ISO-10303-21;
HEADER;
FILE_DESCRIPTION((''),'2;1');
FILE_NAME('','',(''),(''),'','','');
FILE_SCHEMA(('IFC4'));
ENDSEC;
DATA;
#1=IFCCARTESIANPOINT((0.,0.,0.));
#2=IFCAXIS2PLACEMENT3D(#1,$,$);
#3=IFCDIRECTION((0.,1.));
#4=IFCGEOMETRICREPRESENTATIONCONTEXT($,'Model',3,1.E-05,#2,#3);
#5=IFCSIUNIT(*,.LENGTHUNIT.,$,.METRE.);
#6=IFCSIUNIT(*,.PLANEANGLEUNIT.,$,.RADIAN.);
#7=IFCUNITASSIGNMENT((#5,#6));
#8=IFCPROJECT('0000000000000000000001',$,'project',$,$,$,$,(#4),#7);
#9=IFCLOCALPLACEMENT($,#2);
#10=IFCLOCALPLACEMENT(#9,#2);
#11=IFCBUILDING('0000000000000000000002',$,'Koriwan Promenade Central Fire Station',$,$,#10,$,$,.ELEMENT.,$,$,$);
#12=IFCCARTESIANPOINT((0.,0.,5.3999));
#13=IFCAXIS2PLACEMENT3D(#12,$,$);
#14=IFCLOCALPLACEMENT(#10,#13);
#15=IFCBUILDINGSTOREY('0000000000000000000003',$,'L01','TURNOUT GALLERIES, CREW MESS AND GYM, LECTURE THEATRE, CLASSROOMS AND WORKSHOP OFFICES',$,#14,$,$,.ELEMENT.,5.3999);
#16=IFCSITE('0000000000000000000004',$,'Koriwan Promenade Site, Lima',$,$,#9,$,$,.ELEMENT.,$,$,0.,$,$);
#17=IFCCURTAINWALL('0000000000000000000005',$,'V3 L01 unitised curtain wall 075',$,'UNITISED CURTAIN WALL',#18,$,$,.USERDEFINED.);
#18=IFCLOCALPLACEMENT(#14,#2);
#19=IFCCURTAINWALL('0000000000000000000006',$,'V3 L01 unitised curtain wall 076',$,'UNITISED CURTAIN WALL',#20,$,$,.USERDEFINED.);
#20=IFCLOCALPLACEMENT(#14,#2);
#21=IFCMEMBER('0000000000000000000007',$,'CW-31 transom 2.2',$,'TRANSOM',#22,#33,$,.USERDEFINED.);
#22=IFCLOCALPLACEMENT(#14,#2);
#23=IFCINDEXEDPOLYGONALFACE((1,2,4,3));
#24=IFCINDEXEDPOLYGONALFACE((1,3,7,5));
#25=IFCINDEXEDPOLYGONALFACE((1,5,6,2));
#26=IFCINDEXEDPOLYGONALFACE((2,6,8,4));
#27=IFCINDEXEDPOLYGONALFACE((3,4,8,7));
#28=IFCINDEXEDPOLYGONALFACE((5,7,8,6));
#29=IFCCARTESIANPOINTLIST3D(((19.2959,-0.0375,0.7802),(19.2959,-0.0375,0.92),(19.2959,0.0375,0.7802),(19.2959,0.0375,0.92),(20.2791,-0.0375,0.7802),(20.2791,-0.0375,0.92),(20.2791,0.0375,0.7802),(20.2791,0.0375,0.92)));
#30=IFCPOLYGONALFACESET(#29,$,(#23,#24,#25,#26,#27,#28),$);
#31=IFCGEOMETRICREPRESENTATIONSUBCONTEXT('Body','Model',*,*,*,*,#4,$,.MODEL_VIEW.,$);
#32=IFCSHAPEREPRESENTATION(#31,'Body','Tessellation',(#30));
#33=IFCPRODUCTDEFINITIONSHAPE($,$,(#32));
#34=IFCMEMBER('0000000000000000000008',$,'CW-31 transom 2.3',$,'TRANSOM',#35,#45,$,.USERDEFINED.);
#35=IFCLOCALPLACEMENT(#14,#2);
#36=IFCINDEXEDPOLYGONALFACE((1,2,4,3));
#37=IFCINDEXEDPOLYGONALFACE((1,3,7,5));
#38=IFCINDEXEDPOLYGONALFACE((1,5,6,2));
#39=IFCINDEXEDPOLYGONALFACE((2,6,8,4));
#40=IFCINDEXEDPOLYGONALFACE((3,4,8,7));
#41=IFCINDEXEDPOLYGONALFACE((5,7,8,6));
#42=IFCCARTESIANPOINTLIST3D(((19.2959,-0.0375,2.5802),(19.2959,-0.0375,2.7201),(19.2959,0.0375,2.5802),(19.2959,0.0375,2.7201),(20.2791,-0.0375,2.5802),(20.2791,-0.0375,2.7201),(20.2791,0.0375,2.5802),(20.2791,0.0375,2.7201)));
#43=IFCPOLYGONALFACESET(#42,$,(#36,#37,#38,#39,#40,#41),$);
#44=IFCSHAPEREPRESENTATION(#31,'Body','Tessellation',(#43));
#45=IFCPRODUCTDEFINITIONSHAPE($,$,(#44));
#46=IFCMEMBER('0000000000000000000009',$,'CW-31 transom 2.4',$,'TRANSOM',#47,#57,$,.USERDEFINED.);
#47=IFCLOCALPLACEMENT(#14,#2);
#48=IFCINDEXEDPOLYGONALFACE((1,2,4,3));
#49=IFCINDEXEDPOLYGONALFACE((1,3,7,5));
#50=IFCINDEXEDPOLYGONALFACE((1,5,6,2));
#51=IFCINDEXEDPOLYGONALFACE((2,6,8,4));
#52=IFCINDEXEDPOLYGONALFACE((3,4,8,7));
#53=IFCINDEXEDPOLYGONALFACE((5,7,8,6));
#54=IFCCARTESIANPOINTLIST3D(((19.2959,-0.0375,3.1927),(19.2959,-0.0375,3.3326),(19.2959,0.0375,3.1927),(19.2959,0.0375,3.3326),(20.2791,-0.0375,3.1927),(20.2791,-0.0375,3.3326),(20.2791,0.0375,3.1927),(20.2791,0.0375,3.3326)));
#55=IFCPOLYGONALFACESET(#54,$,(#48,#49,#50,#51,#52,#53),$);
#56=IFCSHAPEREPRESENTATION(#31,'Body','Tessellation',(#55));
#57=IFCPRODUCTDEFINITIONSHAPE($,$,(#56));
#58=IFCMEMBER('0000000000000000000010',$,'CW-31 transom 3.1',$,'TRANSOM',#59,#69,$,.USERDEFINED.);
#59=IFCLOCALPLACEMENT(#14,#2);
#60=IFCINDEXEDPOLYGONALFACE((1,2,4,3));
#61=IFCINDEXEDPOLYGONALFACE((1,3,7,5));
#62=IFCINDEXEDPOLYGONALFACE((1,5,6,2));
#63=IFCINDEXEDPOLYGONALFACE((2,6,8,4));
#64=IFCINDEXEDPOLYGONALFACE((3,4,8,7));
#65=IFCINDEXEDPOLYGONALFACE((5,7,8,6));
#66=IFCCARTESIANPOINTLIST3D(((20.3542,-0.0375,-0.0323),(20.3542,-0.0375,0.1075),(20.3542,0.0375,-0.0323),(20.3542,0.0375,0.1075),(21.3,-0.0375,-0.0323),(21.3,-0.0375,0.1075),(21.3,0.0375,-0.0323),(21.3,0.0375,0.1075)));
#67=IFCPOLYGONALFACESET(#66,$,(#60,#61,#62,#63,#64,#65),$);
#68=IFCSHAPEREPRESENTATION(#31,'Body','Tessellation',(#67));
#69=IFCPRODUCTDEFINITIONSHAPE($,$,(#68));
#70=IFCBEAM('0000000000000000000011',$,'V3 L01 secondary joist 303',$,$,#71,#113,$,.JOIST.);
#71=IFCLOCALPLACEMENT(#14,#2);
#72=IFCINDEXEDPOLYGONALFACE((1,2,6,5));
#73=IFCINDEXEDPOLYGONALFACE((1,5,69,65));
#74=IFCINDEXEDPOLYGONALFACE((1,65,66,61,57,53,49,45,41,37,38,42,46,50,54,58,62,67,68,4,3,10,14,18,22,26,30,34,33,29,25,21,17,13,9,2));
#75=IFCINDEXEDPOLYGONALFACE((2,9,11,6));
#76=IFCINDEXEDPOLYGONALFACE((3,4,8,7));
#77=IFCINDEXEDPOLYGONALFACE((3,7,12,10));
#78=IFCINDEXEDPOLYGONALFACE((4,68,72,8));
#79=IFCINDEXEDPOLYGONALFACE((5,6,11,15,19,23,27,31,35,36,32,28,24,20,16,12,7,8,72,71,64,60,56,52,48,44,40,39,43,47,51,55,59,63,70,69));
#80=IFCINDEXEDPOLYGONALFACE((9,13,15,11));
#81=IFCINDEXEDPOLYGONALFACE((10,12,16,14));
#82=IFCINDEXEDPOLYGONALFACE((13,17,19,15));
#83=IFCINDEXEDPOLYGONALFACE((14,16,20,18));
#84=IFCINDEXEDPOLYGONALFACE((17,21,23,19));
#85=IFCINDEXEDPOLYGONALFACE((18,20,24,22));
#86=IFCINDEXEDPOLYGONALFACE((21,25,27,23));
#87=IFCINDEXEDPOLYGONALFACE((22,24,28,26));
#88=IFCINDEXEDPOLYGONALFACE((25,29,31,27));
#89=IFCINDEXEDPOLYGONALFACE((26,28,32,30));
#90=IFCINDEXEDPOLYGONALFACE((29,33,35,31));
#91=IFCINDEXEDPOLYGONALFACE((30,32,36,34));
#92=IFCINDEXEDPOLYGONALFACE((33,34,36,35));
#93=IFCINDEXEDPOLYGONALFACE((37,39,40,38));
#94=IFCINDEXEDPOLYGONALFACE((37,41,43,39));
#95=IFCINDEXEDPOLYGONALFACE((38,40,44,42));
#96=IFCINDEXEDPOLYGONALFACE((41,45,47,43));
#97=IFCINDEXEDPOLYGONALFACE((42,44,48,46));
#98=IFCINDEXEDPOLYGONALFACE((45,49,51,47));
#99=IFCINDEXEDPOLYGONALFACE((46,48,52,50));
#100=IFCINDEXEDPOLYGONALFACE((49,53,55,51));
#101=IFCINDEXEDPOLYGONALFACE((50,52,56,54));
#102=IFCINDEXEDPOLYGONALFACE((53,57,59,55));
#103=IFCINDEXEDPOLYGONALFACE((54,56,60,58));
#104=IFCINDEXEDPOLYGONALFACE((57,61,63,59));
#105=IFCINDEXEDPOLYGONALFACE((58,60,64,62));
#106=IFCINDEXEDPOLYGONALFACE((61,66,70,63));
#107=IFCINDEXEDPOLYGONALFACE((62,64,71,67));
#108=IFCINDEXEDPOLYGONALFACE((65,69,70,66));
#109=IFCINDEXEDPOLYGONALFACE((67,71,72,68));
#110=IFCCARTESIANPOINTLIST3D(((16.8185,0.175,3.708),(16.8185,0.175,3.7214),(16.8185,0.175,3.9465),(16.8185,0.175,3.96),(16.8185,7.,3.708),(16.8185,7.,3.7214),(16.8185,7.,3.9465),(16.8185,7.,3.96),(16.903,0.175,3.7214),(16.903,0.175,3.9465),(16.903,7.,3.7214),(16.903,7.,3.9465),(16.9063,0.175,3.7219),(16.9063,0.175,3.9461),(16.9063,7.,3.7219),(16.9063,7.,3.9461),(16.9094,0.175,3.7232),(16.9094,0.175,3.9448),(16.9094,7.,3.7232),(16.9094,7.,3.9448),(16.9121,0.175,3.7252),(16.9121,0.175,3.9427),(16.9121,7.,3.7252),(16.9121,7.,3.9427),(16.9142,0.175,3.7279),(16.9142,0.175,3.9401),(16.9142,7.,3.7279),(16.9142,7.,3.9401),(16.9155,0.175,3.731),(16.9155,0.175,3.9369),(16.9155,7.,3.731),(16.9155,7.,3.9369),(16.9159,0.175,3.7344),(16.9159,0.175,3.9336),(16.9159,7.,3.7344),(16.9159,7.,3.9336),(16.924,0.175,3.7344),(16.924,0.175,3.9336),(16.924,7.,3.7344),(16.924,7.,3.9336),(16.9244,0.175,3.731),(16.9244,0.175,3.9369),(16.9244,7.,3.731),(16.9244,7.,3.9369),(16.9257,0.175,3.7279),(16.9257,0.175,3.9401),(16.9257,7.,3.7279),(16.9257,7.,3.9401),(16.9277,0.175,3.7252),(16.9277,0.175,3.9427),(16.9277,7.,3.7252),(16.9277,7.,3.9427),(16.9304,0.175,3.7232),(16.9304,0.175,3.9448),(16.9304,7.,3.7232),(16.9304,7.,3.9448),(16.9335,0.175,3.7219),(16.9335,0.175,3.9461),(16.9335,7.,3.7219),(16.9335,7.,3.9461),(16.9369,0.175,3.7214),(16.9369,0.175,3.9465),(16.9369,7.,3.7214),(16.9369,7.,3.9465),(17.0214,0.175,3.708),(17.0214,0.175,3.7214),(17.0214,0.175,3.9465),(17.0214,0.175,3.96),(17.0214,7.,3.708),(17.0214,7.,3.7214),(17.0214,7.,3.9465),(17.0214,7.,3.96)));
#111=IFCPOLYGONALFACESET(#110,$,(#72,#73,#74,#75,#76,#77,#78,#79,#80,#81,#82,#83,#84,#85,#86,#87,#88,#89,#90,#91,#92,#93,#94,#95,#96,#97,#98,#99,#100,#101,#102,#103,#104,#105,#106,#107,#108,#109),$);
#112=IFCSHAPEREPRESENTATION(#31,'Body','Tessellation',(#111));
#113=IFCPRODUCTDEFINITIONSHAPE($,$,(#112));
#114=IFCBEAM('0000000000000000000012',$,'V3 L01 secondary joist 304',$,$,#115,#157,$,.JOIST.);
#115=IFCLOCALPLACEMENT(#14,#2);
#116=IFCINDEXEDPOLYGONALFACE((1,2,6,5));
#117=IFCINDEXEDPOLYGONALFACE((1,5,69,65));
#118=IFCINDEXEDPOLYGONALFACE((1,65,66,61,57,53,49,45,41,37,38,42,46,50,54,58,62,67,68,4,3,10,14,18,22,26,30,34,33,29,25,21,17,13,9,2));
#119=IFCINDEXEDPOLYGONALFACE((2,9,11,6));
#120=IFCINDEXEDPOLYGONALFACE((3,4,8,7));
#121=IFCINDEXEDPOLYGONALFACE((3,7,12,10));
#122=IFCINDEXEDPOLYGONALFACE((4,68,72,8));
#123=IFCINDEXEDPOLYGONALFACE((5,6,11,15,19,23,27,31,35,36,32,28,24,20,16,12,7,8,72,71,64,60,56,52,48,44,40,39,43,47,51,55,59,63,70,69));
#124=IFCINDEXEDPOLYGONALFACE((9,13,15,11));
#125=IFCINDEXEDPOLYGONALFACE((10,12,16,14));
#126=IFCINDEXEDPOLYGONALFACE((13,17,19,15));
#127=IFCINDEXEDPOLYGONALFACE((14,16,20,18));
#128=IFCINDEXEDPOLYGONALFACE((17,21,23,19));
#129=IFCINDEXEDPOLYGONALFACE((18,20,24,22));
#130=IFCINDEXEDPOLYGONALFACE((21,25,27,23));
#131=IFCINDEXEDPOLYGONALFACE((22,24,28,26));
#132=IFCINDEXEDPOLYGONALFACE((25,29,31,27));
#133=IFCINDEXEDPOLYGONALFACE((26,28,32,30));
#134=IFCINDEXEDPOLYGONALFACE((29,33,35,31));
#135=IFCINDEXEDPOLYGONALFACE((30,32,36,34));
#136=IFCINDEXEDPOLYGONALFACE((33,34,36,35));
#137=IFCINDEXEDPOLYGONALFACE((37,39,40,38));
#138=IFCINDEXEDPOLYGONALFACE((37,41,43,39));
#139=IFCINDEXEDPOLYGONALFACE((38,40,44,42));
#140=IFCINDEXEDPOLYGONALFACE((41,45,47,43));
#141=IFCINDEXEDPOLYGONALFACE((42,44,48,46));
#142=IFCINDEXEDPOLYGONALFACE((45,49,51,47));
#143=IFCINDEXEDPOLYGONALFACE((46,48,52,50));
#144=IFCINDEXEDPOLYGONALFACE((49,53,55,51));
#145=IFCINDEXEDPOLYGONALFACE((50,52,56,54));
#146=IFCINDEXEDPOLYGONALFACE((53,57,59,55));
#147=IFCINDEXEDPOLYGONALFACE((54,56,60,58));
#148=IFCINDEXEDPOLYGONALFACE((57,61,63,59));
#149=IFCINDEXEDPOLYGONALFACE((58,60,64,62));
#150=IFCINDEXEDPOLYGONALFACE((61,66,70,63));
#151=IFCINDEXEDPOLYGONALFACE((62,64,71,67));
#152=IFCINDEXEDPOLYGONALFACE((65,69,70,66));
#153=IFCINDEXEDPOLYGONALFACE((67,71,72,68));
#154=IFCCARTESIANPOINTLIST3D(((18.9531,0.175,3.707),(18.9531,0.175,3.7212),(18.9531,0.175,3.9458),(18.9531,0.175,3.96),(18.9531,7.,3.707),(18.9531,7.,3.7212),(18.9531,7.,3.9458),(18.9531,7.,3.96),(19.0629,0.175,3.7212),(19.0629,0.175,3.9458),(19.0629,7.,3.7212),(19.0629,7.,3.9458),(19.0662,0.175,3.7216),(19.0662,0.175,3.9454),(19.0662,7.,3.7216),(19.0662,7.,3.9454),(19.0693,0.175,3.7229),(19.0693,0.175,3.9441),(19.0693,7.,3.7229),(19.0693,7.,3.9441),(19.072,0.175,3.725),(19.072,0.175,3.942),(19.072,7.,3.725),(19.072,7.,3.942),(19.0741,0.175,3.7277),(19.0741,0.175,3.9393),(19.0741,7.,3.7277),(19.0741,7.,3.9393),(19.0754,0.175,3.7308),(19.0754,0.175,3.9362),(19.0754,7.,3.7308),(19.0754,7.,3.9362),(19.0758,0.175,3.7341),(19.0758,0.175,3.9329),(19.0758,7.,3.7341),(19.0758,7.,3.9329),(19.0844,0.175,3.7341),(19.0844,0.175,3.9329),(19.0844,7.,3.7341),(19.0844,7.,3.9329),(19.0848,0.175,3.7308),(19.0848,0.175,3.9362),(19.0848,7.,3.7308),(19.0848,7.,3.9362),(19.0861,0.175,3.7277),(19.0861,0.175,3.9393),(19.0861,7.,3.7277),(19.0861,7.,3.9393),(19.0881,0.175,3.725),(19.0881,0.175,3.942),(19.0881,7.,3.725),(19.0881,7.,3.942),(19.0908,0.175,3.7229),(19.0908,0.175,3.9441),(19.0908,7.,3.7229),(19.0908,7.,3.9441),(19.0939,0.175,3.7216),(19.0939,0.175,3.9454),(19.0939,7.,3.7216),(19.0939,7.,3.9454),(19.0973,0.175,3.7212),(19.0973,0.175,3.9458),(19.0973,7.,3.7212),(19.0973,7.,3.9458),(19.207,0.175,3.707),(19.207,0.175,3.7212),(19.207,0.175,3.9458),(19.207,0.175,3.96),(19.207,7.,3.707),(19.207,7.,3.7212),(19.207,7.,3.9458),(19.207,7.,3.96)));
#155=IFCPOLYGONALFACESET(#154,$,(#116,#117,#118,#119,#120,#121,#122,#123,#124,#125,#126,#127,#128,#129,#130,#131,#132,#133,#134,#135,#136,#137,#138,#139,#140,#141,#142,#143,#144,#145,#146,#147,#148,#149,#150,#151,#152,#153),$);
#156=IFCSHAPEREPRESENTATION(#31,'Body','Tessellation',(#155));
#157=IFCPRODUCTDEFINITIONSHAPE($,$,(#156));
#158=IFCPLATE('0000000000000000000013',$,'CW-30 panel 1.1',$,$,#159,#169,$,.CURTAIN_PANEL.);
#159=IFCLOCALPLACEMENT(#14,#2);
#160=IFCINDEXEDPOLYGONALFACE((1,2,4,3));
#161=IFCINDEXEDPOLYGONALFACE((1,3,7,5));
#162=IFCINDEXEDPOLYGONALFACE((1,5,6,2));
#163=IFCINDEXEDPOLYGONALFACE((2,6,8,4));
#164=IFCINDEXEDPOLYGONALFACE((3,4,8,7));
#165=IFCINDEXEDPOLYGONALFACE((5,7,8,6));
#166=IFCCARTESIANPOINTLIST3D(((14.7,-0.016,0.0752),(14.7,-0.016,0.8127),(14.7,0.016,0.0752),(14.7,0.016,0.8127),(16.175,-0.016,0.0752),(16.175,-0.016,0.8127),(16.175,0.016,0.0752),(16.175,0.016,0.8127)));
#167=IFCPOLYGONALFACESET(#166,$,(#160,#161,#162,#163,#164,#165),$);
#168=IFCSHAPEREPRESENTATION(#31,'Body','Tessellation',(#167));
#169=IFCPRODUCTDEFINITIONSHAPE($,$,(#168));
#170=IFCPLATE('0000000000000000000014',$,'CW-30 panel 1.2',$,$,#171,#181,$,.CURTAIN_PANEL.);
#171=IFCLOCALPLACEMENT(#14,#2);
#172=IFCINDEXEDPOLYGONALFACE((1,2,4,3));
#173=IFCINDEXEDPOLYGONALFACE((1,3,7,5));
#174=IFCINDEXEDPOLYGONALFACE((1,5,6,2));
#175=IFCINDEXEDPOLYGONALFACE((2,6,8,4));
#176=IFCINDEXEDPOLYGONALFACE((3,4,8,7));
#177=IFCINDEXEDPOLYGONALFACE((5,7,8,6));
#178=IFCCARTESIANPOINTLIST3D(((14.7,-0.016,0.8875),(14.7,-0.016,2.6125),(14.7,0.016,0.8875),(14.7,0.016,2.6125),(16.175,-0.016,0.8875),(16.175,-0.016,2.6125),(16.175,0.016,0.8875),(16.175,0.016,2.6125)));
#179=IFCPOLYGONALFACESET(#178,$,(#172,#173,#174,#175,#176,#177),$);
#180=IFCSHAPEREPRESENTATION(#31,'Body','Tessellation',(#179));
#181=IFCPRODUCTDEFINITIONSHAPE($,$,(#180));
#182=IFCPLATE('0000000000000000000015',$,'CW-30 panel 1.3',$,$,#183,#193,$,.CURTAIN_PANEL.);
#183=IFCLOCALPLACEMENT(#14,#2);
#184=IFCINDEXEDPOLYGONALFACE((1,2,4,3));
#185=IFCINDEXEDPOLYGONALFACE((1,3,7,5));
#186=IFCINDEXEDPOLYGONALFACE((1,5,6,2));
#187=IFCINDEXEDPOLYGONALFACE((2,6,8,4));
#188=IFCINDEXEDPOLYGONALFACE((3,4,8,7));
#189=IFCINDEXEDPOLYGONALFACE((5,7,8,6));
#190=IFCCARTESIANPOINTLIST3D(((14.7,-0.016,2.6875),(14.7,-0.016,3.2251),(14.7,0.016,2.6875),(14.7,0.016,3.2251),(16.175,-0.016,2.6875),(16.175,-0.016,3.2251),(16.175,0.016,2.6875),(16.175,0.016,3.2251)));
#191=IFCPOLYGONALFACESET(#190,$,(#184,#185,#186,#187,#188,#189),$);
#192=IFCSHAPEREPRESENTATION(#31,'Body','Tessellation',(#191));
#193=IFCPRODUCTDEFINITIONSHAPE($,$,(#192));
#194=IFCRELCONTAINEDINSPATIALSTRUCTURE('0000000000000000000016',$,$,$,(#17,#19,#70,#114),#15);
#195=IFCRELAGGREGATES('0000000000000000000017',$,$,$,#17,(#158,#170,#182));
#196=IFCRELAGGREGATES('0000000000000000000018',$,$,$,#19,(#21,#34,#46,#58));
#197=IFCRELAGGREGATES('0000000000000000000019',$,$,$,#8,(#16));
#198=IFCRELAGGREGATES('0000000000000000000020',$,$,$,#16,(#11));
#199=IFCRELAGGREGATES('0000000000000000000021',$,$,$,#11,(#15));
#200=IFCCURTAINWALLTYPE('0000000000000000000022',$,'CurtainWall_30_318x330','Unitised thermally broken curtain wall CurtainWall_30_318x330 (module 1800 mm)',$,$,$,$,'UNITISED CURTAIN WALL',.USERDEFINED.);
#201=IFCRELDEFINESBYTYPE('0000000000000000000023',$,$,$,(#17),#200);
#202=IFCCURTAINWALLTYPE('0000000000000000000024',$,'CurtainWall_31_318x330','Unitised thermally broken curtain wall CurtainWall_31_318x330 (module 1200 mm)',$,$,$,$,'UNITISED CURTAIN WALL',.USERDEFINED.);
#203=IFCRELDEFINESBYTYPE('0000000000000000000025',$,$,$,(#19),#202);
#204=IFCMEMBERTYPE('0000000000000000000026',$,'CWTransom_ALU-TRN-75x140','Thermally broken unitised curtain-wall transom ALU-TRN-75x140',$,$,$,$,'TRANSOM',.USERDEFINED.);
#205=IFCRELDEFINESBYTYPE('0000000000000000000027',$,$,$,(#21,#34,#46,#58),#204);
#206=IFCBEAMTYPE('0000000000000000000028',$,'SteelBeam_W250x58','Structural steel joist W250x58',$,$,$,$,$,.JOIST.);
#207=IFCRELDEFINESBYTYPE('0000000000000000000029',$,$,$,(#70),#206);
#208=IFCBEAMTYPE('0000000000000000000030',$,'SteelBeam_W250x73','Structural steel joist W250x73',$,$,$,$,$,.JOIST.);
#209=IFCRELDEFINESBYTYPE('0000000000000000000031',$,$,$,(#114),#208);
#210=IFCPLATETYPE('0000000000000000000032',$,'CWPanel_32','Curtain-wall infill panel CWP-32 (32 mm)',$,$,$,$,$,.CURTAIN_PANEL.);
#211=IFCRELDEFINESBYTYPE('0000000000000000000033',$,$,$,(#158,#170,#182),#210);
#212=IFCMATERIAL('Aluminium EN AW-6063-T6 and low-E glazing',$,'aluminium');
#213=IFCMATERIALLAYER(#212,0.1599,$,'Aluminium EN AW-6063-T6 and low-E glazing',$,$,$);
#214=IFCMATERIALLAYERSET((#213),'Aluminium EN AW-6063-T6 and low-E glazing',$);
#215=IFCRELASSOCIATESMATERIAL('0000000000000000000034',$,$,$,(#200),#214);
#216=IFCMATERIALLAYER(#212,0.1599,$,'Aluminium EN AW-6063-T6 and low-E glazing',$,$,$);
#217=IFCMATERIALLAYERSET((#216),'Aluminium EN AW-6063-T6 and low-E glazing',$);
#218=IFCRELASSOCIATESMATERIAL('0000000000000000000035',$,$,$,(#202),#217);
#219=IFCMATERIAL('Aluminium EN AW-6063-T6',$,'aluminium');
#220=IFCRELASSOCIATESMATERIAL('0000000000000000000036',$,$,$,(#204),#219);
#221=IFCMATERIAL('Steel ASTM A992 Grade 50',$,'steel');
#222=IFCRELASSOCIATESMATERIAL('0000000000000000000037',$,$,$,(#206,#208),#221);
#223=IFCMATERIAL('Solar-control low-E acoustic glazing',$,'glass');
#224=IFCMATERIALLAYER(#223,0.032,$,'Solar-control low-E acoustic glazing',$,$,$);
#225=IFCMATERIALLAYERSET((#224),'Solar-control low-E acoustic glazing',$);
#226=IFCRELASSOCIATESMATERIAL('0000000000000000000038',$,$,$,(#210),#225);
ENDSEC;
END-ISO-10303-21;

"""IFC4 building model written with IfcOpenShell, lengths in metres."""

from ifc_helpers import new_model, si_unit, direction, frame, origin, origin_2d, place, context, subcontext, project, spatial, rectangle, i_section, extrude, material, layer, layer_set, material_profile, profile_set, type_object, element, aggregate, save


model = new_model("IFC4")

# Units and contexts
model_context = context("Model", 3, precision=1e-05, world=origin(), true_north=direction((0.0, 1.0)))
body_context = subcontext(model_context, "Body", "Model", "MODEL_VIEW")
ifc_project = project(units=[si_unit("LENGTHUNIT", "METRE"), si_unit("PLANEANGLEUNIT", "RADIAN")], contexts=[model_context])

# Site, building, storey
site_placement = place(None, origin())
site = spatial("IfcSite", under=ifc_project, at=site_placement, Name="Koriwan Promenade Site, Lima", CompositionType="ELEMENT", RefElevation=0.0)
building_placement = place(site_placement, origin())
building = spatial("IfcBuilding", under=site, at=building_placement, Name="Koriwan Promenade Central Fire Station", CompositionType="ELEMENT")
storey_placement = place(building_placement, frame((0.0, 0.0, 5.3999)))
storey = spatial("IfcBuildingStorey", under=building, at=storey_placement, Name="L01", Description="TURNOUT GALLERIES, CREW MESS AND GYM, LECTURE THEATRE, CLASSROOMS AND WORKSHOP OFFICES", CompositionType="ELEMENT", Elevation=5.3999)

# Curtain walls
ifc_material_1 = material(Name="Aluminium EN AW-6063-T6 and low-E glazing", Category="aluminium")
ifc_layer_1 = layer(ifc_material_1, 0.1599, Name="Aluminium EN AW-6063-T6 and low-E glazing")
ifc_layer_set_1 = layer_set([ifc_layer_1], Name="Aluminium EN AW-6063-T6 and low-E glazing")
curtain_wall_type_1 = type_object("IfcCurtainWallType", Name="CurtainWall_30_318x330", Description="Unitised thermally broken curtain wall CurtainWall_30_318x330 (module 1800 mm)", ElementType="UNITISED CURTAIN WALL", PredefinedType="USERDEFINED", material=ifc_layer_set_1)
curtain_wall_1_placement = place(storey_placement, origin())
curtain_wall_1 = element("IfcCurtainWall", 1, at=curtain_wall_1_placement, inside=storey, type_object=curtain_wall_type_1, Name="V3 L01 unitised curtain wall 075", ObjectType="UNITISED CURTAIN WALL", PredefinedType="USERDEFINED")
ifc_material_2 = material(Name="Aluminium EN AW-6063-T6", Category="aluminium")
ifc_layer_2 = layer(ifc_material_1, 0.1599, Name="Aluminium EN AW-6063-T6 and low-E glazing")
ifc_layer_set_2 = layer_set([ifc_layer_2], Name="Aluminium EN AW-6063-T6 and low-E glazing")
curtain_wall_type_2 = type_object("IfcCurtainWallType", Name="CurtainWall_31_318x330", Description="Unitised thermally broken curtain wall CurtainWall_31_318x330 (module 1200 mm)", ElementType="UNITISED CURTAIN WALL", PredefinedType="USERDEFINED", material=ifc_layer_set_2)
curtain_wall_2_placement = place(storey_placement, origin())
curtain_wall_2 = element("IfcCurtainWall", 2, at=curtain_wall_2_placement, inside=storey, type_object=curtain_wall_type_2, Name="V3 L01 unitised curtain wall 076", ObjectType="UNITISED CURTAIN WALL", PredefinedType="USERDEFINED")

# Members
ifc_material_profile_1 = material_profile(ifc_material_2, rectangle(XDim=0.075, YDim=0.1399, at=origin_2d()), Name="ALU-TRN-75x140")
ifc_profile_set_1 = profile_set([ifc_material_profile_1], Name="Aluminium EN AW-6063-T6")
member_type_1 = type_object("IfcMemberType", Name="CWTransom_ALU-TRN-75x140", Description="Thermally broken unitised curtain-wall transom ALU-TRN-75x140", ElementType="TRANSOM", PredefinedType="USERDEFINED", material=ifc_profile_set_1)
member_1_placement = place(storey_placement, frame((19.2959, 0.0, 0.8501), z_axis=(1.0, 0.0, 0.0), x_axis=(0.0, 1.0, 0.0)))
member_1 = element("IfcMember", 3, at=member_1_placement, type_object=member_type_1, Name="CW-31 transom 2.2", ObjectType="TRANSOM", PredefinedType="USERDEFINED", context=body_context, shape_type="SweptSolid", body=[
    extrude(rectangle(XDim=0.075, YDim=0.1399, at=origin_2d()), origin(), (0.0, 0.0, 1.0), 0.9832),
])
member_2_placement = place(storey_placement, frame((19.2959, 0.0, 2.6501), z_axis=(1.0, 0.0, 0.0), x_axis=(0.0, 1.0, 0.0)))
member_2 = element("IfcMember", 4, at=member_2_placement, type_object=member_type_1, Name="CW-31 transom 2.3", ObjectType="TRANSOM", PredefinedType="USERDEFINED", context=body_context, shape_type="SweptSolid", body=[
    extrude(rectangle(XDim=0.075, YDim=0.1399, at=origin_2d()), origin(), (0.0, 0.0, 1.0), 0.9832),
])
member_3_placement = place(storey_placement, frame((19.2959, 0.0, 3.2627), z_axis=(1.0, 0.0, 0.0), x_axis=(0.0, 1.0, 0.0)))
member_3 = element("IfcMember", 5, at=member_3_placement, type_object=member_type_1, Name="CW-31 transom 2.4", ObjectType="TRANSOM", PredefinedType="USERDEFINED", context=body_context, shape_type="SweptSolid", body=[
    extrude(rectangle(XDim=0.075, YDim=0.1399, at=origin_2d()), origin(), (0.0, 0.0, 1.0), 0.9832),
])
member_4_placement = place(storey_placement, frame((20.3542, 0.0, 0.0376), z_axis=(1.0, 0.0, 0.0), x_axis=(0.0, 1.0, 0.0)))
member_4 = element("IfcMember", 6, at=member_4_placement, type_object=member_type_1, Name="CW-31 transom 3.1", ObjectType="TRANSOM", PredefinedType="USERDEFINED", context=body_context, shape_type="SweptSolid", body=[
    extrude(rectangle(XDim=0.075, YDim=0.1399, at=origin_2d()), origin(), (0.0, 0.0, 1.0), 0.9458),
])

# Beams
ifc_material_3 = material(Name="Steel ASTM A992 Grade 50", Category="steel")
ifc_material_profile_2 = material_profile(ifc_material_3, i_section(OverallWidth=0.2029, OverallDepth=0.252, WebThickness=0.0081, FlangeThickness=0.0134, FilletRadius=0.0129, at=origin_2d()), Name="W250x58")
ifc_profile_set_2 = profile_set([ifc_material_profile_2], Name="Steel ASTM A992 Grade 50")
beam_type_1 = type_object("IfcBeamType", Name="SteelBeam_W250x58", Description="Structural steel joist W250x58", PredefinedType="JOIST", material=ifc_profile_set_2)
beam_1_placement = place(storey_placement, frame((16.9199, 0.175, 3.834), z_axis=(0.0, 1.0, 0.0), x_axis=(-1.0, 0.0, 0.0)))
element("IfcBeam", 7, at=beam_1_placement, inside=storey, type_object=beam_type_1, Name="V3 L01 secondary joist 303", PredefinedType="JOIST", context=body_context, shape_type="SweptSolid", body=[
    extrude(i_section(OverallWidth=0.2029, OverallDepth=0.252, WebThickness=0.0081, FlangeThickness=0.0134, FilletRadius=0.0129, at=origin_2d()), origin(), (0.0, 0.0, 1.0), 6.825),
])
ifc_material_profile_3 = material_profile(ifc_material_3, i_section(OverallWidth=0.2539, OverallDepth=0.2529, WebThickness=0.0085, FlangeThickness=0.0142, FilletRadius=0.0129, at=origin_2d()), Name="W250x73")
ifc_profile_set_3 = profile_set([ifc_material_profile_3], Name="Steel ASTM A992 Grade 50")
beam_type_2 = type_object("IfcBeamType", Name="SteelBeam_W250x73", Description="Structural steel joist W250x73", PredefinedType="JOIST", material=ifc_profile_set_3)
beam_2_placement = place(storey_placement, frame((19.0801, 0.175, 3.8335), z_axis=(0.0, 1.0, 0.0), x_axis=(-1.0, 0.0, 0.0)))
element("IfcBeam", 8, at=beam_2_placement, inside=storey, type_object=beam_type_2, Name="V3 L01 secondary joist 304", PredefinedType="JOIST", context=body_context, shape_type="SweptSolid", body=[
    extrude(i_section(OverallWidth=0.2539, OverallDepth=0.2529, WebThickness=0.0085, FlangeThickness=0.0142, FilletRadius=0.0129, at=origin_2d()), origin(), (0.0, 0.0, 1.0), 6.825),
])

# Plates
ifc_material_4 = material(Name="Solar-control low-E acoustic glazing", Category="glass")
ifc_layer_3 = layer(ifc_material_4, 0.032, Name="Solar-control low-E acoustic glazing")
ifc_layer_set_3 = layer_set([ifc_layer_3], Name="Solar-control low-E acoustic glazing")
plate_type = type_object("IfcPlateType", Name="CWPanel_32", Description="Curtain-wall infill panel CWP-32 (32 mm)", PredefinedType="CURTAIN_PANEL", material=ifc_layer_set_3)
plate_1_placement = place(storey_placement, frame((15.4375, 0.0, 0.0752), z_axis=(0.0, 0.0, 1.0), x_axis=(1.0, 0.0, 0.0)))
plate_1 = element("IfcPlate", 9, at=plate_1_placement, type_object=plate_type, Name="CW-30 panel 1.1", PredefinedType="CURTAIN_PANEL", context=body_context, shape_type="SweptSolid", body=[
    extrude(rectangle(XDim=1.4751, YDim=0.032, at=origin_2d()), origin(), (0.0, 0.0, 1.0), 0.7375),
])
plate_2_placement = place(storey_placement, frame((15.4375, 0.0, 0.8875), z_axis=(0.0, 0.0, 1.0), x_axis=(1.0, 0.0, 0.0)))
plate_2 = element("IfcPlate", 10, at=plate_2_placement, type_object=plate_type, Name="CW-30 panel 1.2", PredefinedType="CURTAIN_PANEL", context=body_context, shape_type="SweptSolid", body=[
    extrude(rectangle(XDim=1.4751, YDim=0.032, at=origin_2d()), origin(), (0.0, 0.0, 1.0), 1.7251),
])
plate_3_placement = place(storey_placement, frame((15.4375, 0.0, 2.6875), z_axis=(0.0, 0.0, 1.0), x_axis=(1.0, 0.0, 0.0)))
plate_3 = element("IfcPlate", 11, at=plate_3_placement, type_object=plate_type, Name="CW-30 panel 1.3", PredefinedType="CURTAIN_PANEL", context=body_context, shape_type="SweptSolid", body=[
    extrude(rectangle(XDim=1.4751, YDim=0.032, at=origin_2d()), origin(), (0.0, 0.0, 1.0), 0.5376),
])
aggregate(curtain_wall_1, [plate_1, plate_2, plate_3])
aggregate(curtain_wall_2, [member_1, member_2, member_3, member_4])

save(model, "model.ifc")
